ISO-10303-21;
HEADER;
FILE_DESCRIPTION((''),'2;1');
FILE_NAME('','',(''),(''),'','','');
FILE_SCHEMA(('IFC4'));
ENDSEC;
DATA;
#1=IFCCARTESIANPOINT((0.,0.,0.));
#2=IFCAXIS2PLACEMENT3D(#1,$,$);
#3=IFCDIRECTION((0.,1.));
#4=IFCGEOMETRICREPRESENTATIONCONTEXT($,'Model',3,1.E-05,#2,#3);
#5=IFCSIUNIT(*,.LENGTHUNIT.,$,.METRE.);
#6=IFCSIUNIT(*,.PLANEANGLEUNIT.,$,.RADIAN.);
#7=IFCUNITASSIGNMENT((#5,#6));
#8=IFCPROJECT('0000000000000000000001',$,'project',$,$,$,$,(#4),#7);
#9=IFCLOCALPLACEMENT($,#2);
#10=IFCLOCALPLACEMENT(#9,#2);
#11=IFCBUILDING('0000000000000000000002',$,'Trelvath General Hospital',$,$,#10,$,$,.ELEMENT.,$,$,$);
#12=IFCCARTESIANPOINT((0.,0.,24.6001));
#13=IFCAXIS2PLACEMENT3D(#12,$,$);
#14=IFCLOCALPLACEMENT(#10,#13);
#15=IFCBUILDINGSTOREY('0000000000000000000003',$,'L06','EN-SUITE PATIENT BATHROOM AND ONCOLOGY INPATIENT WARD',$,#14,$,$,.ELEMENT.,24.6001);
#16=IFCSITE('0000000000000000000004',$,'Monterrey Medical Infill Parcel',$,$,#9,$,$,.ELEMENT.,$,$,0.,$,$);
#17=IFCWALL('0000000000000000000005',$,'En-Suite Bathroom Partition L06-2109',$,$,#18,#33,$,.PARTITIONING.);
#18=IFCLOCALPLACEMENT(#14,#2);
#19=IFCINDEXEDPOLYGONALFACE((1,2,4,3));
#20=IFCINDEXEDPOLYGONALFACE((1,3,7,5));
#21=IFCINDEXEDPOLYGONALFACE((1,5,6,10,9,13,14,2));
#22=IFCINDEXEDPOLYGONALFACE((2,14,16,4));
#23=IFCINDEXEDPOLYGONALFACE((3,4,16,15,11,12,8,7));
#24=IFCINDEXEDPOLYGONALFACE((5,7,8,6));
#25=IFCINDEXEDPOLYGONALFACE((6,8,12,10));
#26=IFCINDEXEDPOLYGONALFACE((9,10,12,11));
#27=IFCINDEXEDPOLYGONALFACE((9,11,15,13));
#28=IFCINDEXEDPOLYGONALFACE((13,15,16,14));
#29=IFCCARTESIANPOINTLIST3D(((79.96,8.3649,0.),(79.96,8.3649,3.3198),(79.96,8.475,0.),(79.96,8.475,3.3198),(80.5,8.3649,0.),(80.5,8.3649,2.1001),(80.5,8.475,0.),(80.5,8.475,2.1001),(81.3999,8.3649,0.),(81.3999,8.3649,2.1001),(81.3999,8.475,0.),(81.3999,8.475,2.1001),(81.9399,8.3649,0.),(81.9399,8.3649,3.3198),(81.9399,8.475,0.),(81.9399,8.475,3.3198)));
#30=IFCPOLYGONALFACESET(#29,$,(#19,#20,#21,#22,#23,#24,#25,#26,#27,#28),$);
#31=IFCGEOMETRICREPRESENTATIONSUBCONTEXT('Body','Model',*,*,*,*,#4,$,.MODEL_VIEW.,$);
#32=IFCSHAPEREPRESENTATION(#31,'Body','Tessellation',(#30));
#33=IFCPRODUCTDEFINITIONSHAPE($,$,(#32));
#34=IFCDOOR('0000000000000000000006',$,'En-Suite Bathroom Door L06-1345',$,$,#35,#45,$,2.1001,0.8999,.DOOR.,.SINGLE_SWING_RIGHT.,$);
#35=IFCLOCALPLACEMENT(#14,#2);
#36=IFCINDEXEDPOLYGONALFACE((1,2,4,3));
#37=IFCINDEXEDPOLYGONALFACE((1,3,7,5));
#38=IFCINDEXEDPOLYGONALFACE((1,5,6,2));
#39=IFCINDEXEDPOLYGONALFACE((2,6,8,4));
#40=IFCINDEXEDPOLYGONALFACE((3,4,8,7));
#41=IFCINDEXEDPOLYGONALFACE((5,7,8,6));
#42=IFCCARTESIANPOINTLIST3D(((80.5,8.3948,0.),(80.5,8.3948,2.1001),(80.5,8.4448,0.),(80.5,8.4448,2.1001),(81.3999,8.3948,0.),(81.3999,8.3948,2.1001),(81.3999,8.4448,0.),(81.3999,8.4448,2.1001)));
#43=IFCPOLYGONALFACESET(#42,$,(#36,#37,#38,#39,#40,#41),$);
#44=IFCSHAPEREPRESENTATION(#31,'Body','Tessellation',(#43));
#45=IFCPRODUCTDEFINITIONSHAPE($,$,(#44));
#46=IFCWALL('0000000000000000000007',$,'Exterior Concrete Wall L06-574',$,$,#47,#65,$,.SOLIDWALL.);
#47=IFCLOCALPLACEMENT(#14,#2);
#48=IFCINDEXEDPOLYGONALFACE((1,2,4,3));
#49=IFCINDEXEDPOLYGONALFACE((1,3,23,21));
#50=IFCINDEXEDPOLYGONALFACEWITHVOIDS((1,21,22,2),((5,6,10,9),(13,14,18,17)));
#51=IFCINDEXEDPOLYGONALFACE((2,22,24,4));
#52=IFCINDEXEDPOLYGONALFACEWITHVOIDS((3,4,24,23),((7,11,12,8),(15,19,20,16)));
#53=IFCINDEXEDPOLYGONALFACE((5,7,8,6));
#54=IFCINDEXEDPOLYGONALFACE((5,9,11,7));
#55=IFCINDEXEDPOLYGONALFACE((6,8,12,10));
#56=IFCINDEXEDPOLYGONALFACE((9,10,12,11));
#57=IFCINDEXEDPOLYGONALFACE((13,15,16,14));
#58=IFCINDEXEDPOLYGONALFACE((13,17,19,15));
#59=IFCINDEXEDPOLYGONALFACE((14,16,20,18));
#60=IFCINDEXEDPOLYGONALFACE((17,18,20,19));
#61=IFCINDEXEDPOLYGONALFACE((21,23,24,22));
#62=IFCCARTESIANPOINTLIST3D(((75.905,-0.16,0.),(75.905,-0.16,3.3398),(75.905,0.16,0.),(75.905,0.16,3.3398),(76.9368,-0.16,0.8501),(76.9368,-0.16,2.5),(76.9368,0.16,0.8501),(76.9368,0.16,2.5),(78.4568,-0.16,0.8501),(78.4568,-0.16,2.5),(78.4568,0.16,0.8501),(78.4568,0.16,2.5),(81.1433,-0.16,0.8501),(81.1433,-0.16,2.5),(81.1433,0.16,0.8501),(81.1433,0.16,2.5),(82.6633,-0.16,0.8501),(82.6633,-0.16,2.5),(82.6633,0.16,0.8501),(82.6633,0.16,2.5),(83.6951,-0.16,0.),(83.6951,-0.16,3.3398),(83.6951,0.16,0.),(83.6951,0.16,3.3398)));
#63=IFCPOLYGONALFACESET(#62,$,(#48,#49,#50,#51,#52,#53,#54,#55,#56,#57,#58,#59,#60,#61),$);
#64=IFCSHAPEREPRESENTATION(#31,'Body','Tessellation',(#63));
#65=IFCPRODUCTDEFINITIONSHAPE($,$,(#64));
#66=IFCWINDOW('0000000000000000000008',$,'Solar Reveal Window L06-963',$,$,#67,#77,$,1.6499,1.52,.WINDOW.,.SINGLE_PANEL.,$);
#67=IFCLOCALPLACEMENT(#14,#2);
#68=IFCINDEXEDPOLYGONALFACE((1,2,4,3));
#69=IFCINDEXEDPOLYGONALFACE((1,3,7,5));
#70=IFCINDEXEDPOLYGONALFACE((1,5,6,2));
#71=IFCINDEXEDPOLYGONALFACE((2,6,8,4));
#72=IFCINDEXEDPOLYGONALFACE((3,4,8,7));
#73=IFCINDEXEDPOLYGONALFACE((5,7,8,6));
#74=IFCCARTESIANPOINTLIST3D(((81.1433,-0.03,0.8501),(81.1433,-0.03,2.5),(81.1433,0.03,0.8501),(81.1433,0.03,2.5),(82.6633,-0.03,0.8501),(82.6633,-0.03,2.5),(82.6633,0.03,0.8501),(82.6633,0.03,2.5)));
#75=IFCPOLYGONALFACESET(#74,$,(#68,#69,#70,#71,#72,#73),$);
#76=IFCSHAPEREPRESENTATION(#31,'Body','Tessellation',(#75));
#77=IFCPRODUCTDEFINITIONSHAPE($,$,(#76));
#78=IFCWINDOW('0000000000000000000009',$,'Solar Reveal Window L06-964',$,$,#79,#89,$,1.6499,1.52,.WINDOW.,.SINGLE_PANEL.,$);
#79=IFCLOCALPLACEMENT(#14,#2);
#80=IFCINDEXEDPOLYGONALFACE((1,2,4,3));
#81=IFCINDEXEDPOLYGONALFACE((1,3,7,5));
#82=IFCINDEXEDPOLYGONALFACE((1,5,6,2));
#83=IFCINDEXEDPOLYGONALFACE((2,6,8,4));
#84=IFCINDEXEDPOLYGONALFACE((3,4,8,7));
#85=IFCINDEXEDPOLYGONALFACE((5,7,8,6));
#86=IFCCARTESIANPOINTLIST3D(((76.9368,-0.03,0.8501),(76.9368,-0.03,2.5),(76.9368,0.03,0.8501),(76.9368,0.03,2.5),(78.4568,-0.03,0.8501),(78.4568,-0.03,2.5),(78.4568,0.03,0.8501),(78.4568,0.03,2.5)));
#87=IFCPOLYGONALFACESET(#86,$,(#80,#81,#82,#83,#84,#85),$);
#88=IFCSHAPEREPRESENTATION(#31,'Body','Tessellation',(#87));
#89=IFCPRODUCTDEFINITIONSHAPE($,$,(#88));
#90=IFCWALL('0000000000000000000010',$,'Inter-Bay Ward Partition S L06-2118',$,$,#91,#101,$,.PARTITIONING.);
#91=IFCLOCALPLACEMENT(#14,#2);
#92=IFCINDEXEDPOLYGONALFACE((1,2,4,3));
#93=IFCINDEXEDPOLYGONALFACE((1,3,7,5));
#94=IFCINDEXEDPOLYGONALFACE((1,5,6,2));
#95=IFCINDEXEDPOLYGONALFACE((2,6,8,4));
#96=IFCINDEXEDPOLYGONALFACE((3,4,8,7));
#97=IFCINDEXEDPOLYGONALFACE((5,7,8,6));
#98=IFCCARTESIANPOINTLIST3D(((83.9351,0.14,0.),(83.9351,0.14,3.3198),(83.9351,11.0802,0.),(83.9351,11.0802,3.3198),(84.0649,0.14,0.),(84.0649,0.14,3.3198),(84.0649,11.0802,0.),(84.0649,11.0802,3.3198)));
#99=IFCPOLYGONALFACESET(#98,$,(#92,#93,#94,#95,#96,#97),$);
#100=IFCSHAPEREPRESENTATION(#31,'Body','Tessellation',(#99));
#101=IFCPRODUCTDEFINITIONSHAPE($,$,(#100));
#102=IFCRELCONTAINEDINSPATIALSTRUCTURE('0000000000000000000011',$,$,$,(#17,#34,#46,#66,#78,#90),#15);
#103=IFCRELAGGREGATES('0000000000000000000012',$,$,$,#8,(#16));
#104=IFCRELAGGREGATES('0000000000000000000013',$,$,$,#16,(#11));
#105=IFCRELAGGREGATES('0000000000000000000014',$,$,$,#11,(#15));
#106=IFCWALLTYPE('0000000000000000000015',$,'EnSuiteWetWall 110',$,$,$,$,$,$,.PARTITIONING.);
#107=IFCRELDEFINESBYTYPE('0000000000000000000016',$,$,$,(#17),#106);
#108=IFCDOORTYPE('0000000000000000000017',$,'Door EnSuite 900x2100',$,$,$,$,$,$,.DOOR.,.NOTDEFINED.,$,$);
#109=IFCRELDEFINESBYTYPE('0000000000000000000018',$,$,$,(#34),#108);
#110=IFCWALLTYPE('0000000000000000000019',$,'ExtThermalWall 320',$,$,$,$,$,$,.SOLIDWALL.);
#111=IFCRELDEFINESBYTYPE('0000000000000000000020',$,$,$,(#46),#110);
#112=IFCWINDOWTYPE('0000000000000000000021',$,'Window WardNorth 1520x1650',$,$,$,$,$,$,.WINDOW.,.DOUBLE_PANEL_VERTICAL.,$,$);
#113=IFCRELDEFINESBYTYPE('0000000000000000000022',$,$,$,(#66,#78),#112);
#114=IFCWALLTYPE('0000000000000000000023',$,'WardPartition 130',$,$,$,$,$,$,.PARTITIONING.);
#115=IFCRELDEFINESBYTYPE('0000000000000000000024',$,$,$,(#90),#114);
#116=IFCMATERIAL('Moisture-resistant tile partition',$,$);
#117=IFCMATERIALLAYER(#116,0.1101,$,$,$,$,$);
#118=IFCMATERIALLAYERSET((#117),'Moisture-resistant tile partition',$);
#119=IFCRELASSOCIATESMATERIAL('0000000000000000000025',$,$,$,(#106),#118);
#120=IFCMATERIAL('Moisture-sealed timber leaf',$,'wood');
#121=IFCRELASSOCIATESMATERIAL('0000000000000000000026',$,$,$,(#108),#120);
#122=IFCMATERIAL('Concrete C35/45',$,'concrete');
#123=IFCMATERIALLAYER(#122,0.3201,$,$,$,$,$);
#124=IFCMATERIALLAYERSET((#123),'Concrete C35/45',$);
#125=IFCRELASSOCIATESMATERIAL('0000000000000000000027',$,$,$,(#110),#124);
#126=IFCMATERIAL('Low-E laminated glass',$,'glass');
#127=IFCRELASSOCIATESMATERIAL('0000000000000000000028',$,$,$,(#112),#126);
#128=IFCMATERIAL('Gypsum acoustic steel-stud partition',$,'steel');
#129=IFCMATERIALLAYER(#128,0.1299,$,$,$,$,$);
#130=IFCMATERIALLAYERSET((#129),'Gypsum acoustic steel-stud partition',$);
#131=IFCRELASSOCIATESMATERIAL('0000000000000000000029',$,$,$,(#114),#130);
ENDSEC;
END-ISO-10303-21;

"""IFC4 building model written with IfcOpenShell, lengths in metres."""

from ifc_helpers import new_model, si_unit, direction, frame, frame_2d, origin, place, context, subcontext, project, spatial, rectangle, extrude, material, layer, layer_set, type_object, element, fill, save


model = new_model("IFC4")

# Units and contexts
model_context = context("Model", 3, precision=1e-05, world=origin(), true_north=direction((0.0, 1.0)))
body_context = subcontext(model_context, "Body", "Model", "MODEL_VIEW")
ifc_project = project(units=[si_unit("LENGTHUNIT", "METRE"), si_unit("PLANEANGLEUNIT", "RADIAN")], contexts=[model_context])

# Site, building, storey
site_placement = place(None, origin())
site = spatial("IfcSite", under=ifc_project, at=site_placement, Name="Monterrey Medical Infill Parcel", CompositionType="ELEMENT", RefElevation=0.0)
building_placement = place(site_placement, origin())
building = spatial("IfcBuilding", under=site, at=building_placement, Name="Trelvath General Hospital", CompositionType="ELEMENT")
storey_placement = place(building_placement, frame((0.0, 0.0, 24.6001)))
storey = spatial("IfcBuildingStorey", under=building, at=storey_placement, Name="L06", Description="EN-SUITE PATIENT BATHROOM AND ONCOLOGY INPATIENT WARD", CompositionType="ELEMENT", Elevation=24.6001)

# Shared definitions
ifc_material_1 = material(Name="Moisture-resistant tile partition")
ifc_layer_1 = layer(ifc_material_1, 0.1101)
ifc_layer_set_1 = layer_set([ifc_layer_1], Name="Moisture-resistant tile partition")
wall_type_1 = type_object("IfcWallType", Name="EnSuiteWetWall 110", PredefinedType="PARTITIONING", material=ifc_layer_set_1)

# Wall, opening, door
wall_1_placement = place(storey_placement, frame((79.96, 8.4199, 0.0), z_axis=(0.0, 0.0, 1.0), x_axis=(1.0, 0.0, 0.0)))
wall_1 = element("IfcWall", 1, at=wall_1_placement, inside=storey, type_object=wall_type_1, Name="En-Suite Bathroom Partition L06-2109", PredefinedType="PARTITIONING", context=body_context, shape_type="SweptSolid", body=[
    extrude(rectangle(XDim=1.98, YDim=0.1101, at=frame_2d((0.99, 0.0))), origin(), (0.0, 0.0, 1.0), 3.3198),
])
opening_1_placement = place(wall_1_placement, frame((0.54, 0.0, 0.0)))
opening_1 = element("IfcOpeningElement", 2, at=opening_1_placement, cuts=wall_1, PredefinedType="OPENING", context=body_context, shape_type="SweptSolid", body=[
    extrude(rectangle(XDim=0.8999, YDim=2.1001, at=frame_2d((0.45, 1.05))), frame((0.0, 0.0649, 0.0), z_axis=(0.0, -1.0, 0.0), x_axis=(1.0, 0.0, 0.0)), (0.0, 0.0, 1.0), 0.1301),
])
ifc_material_2 = material(Name="Moisture-sealed timber leaf", Category="wood")
door_type_1 = type_object("IfcDoorType", Name="Door EnSuite 900x2100", OperationType="NOTDEFINED", PredefinedType="DOOR", material=ifc_material_2)
door_1_placement = place(opening_1_placement, origin())
door_1 = element("IfcDoor", 3, at=door_1_placement, inside=storey, type_object=door_type_1, Name="En-Suite Bathroom Door L06-1345", OperationType="SINGLE_SWING_RIGHT", OverallHeight=2.1001, OverallWidth=0.8999, PredefinedType="DOOR", context=body_context, shape_type="SweptSolid", body=[
    extrude(rectangle(XDim=0.8999, YDim=2.1001, at=frame_2d((0.45, 1.05))), frame((0.0, 0.0249, 0.0), z_axis=(0.0, -1.0, 0.0), x_axis=(1.0, 0.0, 0.0)), (0.0, 0.0, 1.0), 0.05),
])
fill(opening_1, door_1)

# Wall, openings, windows
ifc_material_3 = material(Name="Concrete C35/45", Category="concrete")
ifc_layer_2 = layer(ifc_material_3, 0.3201)
ifc_layer_set_2 = layer_set([ifc_layer_2], Name="Concrete C35/45")
wall_type_2 = type_object("IfcWallType", Name="ExtThermalWall 320", PredefinedType="SOLIDWALL", material=ifc_layer_set_2)
wall_2_placement = place(storey_placement, frame((83.6951, 0.0, 0.0), z_axis=(0.0, 0.0, 1.0), x_axis=(-1.0, 0.0, 0.0)))
wall_2 = element("IfcWall", 4, at=wall_2_placement, inside=storey, type_object=wall_type_2, Name="Exterior Concrete Wall L06-574", PredefinedType="SOLIDWALL", context=body_context, shape_type="SweptSolid", body=[
    extrude(rectangle(XDim=7.79, YDim=0.3201, at=frame_2d((3.895, 0.0))), origin(), (0.0, 0.0, 1.0), 3.3398),
])
opening_2_placement = place(wall_2_placement, frame((1.0317, 0.0, 0.8501)))
opening_2 = element("IfcOpeningElement", 5, at=opening_2_placement, cuts=wall_2, PredefinedType="OPENING", context=body_context, shape_type="SweptSolid", body=[
    extrude(rectangle(XDim=1.52, YDim=1.6499, at=frame_2d((0.76, 0.825))), frame((0.0, 0.1699, 0.0), z_axis=(0.0, -1.0, 0.0), x_axis=(1.0, 0.0, 0.0)), (0.0, 0.0, 1.0), 0.3401),
])
opening_3_placement = place(wall_2_placement, frame((5.2383, 0.0, 0.8501)))
opening_3 = element("IfcOpeningElement", 6, at=opening_3_placement, cuts=wall_2, PredefinedType="OPENING", context=body_context, shape_type="SweptSolid", body=[
    extrude(rectangle(XDim=1.52, YDim=1.6499, at=frame_2d((0.76, 0.825))), frame((0.0, 0.1699, 0.0), z_axis=(0.0, -1.0, 0.0), x_axis=(1.0, 0.0, 0.0)), (0.0, 0.0, 1.0), 0.3401),
])
ifc_material_4 = material(Name="Low-E laminated glass", Category="glass")
window_type = type_object("IfcWindowType", Name="Window WardNorth 1520x1650", PartitioningType="DOUBLE_PANEL_VERTICAL", PredefinedType="WINDOW", material=ifc_material_4)
window_1_placement = place(opening_2_placement, origin())
window_1 = element("IfcWindow", 7, at=window_1_placement, inside=storey, type_object=window_type, Name="Solar Reveal Window L06-963", OverallHeight=1.6499, OverallWidth=1.52, PartitioningType="SINGLE_PANEL", PredefinedType="WINDOW", context=body_context, shape_type="SweptSolid", body=[
    extrude(rectangle(XDim=1.52, YDim=1.6499, at=frame_2d((0.76, 0.825))), frame((0.0, 0.03, 0.0), z_axis=(0.0, -1.0, 0.0), x_axis=(1.0, 0.0, 0.0)), (0.0, 0.0, 1.0), 0.0601),
])
fill(opening_2, window_1)
window_2_placement = place(opening_3_placement, origin())
window_2 = element("IfcWindow", 8, at=window_2_placement, inside=storey, type_object=window_type, Name="Solar Reveal Window L06-964", OverallHeight=1.6499, OverallWidth=1.52, PartitioningType="SINGLE_PANEL", PredefinedType="WINDOW", context=body_context, shape_type="SweptSolid", body=[
    extrude(rectangle(XDim=1.52, YDim=1.6499, at=frame_2d((0.76, 0.825))), frame((0.0, 0.03, 0.0), z_axis=(0.0, -1.0, 0.0), x_axis=(1.0, 0.0, 0.0)), (0.0, 0.0, 1.0), 0.0601),
])
fill(opening_3, window_2)

# Wall
ifc_material_5 = material(Name="Gypsum acoustic steel-stud partition", Category="steel")
ifc_layer_3 = layer(ifc_material_5, 0.1299)
ifc_layer_set_3 = layer_set([ifc_layer_3], Name="Gypsum acoustic steel-stud partition")
wall_type_3 = type_object("IfcWallType", Name="WardPartition 130", PredefinedType="PARTITIONING", material=ifc_layer_set_3)
wall_3_placement = place(storey_placement, frame((84.0, 0.1399, 0.0), z_axis=(0.0, 0.0, 1.0), x_axis=(0.0, 1.0, 0.0)))
element("IfcWall", 9, at=wall_3_placement, inside=storey, type_object=wall_type_3, Name="Inter-Bay Ward Partition S L06-2118", PredefinedType="PARTITIONING", context=body_context, shape_type="SweptSolid", body=[
    extrude(rectangle(XDim=10.9402, YDim=0.1299, at=frame_2d((5.4702, 0.0))), origin(), (0.0, 0.0, 1.0), 3.3198),
])

save(model, "model.ifc")
